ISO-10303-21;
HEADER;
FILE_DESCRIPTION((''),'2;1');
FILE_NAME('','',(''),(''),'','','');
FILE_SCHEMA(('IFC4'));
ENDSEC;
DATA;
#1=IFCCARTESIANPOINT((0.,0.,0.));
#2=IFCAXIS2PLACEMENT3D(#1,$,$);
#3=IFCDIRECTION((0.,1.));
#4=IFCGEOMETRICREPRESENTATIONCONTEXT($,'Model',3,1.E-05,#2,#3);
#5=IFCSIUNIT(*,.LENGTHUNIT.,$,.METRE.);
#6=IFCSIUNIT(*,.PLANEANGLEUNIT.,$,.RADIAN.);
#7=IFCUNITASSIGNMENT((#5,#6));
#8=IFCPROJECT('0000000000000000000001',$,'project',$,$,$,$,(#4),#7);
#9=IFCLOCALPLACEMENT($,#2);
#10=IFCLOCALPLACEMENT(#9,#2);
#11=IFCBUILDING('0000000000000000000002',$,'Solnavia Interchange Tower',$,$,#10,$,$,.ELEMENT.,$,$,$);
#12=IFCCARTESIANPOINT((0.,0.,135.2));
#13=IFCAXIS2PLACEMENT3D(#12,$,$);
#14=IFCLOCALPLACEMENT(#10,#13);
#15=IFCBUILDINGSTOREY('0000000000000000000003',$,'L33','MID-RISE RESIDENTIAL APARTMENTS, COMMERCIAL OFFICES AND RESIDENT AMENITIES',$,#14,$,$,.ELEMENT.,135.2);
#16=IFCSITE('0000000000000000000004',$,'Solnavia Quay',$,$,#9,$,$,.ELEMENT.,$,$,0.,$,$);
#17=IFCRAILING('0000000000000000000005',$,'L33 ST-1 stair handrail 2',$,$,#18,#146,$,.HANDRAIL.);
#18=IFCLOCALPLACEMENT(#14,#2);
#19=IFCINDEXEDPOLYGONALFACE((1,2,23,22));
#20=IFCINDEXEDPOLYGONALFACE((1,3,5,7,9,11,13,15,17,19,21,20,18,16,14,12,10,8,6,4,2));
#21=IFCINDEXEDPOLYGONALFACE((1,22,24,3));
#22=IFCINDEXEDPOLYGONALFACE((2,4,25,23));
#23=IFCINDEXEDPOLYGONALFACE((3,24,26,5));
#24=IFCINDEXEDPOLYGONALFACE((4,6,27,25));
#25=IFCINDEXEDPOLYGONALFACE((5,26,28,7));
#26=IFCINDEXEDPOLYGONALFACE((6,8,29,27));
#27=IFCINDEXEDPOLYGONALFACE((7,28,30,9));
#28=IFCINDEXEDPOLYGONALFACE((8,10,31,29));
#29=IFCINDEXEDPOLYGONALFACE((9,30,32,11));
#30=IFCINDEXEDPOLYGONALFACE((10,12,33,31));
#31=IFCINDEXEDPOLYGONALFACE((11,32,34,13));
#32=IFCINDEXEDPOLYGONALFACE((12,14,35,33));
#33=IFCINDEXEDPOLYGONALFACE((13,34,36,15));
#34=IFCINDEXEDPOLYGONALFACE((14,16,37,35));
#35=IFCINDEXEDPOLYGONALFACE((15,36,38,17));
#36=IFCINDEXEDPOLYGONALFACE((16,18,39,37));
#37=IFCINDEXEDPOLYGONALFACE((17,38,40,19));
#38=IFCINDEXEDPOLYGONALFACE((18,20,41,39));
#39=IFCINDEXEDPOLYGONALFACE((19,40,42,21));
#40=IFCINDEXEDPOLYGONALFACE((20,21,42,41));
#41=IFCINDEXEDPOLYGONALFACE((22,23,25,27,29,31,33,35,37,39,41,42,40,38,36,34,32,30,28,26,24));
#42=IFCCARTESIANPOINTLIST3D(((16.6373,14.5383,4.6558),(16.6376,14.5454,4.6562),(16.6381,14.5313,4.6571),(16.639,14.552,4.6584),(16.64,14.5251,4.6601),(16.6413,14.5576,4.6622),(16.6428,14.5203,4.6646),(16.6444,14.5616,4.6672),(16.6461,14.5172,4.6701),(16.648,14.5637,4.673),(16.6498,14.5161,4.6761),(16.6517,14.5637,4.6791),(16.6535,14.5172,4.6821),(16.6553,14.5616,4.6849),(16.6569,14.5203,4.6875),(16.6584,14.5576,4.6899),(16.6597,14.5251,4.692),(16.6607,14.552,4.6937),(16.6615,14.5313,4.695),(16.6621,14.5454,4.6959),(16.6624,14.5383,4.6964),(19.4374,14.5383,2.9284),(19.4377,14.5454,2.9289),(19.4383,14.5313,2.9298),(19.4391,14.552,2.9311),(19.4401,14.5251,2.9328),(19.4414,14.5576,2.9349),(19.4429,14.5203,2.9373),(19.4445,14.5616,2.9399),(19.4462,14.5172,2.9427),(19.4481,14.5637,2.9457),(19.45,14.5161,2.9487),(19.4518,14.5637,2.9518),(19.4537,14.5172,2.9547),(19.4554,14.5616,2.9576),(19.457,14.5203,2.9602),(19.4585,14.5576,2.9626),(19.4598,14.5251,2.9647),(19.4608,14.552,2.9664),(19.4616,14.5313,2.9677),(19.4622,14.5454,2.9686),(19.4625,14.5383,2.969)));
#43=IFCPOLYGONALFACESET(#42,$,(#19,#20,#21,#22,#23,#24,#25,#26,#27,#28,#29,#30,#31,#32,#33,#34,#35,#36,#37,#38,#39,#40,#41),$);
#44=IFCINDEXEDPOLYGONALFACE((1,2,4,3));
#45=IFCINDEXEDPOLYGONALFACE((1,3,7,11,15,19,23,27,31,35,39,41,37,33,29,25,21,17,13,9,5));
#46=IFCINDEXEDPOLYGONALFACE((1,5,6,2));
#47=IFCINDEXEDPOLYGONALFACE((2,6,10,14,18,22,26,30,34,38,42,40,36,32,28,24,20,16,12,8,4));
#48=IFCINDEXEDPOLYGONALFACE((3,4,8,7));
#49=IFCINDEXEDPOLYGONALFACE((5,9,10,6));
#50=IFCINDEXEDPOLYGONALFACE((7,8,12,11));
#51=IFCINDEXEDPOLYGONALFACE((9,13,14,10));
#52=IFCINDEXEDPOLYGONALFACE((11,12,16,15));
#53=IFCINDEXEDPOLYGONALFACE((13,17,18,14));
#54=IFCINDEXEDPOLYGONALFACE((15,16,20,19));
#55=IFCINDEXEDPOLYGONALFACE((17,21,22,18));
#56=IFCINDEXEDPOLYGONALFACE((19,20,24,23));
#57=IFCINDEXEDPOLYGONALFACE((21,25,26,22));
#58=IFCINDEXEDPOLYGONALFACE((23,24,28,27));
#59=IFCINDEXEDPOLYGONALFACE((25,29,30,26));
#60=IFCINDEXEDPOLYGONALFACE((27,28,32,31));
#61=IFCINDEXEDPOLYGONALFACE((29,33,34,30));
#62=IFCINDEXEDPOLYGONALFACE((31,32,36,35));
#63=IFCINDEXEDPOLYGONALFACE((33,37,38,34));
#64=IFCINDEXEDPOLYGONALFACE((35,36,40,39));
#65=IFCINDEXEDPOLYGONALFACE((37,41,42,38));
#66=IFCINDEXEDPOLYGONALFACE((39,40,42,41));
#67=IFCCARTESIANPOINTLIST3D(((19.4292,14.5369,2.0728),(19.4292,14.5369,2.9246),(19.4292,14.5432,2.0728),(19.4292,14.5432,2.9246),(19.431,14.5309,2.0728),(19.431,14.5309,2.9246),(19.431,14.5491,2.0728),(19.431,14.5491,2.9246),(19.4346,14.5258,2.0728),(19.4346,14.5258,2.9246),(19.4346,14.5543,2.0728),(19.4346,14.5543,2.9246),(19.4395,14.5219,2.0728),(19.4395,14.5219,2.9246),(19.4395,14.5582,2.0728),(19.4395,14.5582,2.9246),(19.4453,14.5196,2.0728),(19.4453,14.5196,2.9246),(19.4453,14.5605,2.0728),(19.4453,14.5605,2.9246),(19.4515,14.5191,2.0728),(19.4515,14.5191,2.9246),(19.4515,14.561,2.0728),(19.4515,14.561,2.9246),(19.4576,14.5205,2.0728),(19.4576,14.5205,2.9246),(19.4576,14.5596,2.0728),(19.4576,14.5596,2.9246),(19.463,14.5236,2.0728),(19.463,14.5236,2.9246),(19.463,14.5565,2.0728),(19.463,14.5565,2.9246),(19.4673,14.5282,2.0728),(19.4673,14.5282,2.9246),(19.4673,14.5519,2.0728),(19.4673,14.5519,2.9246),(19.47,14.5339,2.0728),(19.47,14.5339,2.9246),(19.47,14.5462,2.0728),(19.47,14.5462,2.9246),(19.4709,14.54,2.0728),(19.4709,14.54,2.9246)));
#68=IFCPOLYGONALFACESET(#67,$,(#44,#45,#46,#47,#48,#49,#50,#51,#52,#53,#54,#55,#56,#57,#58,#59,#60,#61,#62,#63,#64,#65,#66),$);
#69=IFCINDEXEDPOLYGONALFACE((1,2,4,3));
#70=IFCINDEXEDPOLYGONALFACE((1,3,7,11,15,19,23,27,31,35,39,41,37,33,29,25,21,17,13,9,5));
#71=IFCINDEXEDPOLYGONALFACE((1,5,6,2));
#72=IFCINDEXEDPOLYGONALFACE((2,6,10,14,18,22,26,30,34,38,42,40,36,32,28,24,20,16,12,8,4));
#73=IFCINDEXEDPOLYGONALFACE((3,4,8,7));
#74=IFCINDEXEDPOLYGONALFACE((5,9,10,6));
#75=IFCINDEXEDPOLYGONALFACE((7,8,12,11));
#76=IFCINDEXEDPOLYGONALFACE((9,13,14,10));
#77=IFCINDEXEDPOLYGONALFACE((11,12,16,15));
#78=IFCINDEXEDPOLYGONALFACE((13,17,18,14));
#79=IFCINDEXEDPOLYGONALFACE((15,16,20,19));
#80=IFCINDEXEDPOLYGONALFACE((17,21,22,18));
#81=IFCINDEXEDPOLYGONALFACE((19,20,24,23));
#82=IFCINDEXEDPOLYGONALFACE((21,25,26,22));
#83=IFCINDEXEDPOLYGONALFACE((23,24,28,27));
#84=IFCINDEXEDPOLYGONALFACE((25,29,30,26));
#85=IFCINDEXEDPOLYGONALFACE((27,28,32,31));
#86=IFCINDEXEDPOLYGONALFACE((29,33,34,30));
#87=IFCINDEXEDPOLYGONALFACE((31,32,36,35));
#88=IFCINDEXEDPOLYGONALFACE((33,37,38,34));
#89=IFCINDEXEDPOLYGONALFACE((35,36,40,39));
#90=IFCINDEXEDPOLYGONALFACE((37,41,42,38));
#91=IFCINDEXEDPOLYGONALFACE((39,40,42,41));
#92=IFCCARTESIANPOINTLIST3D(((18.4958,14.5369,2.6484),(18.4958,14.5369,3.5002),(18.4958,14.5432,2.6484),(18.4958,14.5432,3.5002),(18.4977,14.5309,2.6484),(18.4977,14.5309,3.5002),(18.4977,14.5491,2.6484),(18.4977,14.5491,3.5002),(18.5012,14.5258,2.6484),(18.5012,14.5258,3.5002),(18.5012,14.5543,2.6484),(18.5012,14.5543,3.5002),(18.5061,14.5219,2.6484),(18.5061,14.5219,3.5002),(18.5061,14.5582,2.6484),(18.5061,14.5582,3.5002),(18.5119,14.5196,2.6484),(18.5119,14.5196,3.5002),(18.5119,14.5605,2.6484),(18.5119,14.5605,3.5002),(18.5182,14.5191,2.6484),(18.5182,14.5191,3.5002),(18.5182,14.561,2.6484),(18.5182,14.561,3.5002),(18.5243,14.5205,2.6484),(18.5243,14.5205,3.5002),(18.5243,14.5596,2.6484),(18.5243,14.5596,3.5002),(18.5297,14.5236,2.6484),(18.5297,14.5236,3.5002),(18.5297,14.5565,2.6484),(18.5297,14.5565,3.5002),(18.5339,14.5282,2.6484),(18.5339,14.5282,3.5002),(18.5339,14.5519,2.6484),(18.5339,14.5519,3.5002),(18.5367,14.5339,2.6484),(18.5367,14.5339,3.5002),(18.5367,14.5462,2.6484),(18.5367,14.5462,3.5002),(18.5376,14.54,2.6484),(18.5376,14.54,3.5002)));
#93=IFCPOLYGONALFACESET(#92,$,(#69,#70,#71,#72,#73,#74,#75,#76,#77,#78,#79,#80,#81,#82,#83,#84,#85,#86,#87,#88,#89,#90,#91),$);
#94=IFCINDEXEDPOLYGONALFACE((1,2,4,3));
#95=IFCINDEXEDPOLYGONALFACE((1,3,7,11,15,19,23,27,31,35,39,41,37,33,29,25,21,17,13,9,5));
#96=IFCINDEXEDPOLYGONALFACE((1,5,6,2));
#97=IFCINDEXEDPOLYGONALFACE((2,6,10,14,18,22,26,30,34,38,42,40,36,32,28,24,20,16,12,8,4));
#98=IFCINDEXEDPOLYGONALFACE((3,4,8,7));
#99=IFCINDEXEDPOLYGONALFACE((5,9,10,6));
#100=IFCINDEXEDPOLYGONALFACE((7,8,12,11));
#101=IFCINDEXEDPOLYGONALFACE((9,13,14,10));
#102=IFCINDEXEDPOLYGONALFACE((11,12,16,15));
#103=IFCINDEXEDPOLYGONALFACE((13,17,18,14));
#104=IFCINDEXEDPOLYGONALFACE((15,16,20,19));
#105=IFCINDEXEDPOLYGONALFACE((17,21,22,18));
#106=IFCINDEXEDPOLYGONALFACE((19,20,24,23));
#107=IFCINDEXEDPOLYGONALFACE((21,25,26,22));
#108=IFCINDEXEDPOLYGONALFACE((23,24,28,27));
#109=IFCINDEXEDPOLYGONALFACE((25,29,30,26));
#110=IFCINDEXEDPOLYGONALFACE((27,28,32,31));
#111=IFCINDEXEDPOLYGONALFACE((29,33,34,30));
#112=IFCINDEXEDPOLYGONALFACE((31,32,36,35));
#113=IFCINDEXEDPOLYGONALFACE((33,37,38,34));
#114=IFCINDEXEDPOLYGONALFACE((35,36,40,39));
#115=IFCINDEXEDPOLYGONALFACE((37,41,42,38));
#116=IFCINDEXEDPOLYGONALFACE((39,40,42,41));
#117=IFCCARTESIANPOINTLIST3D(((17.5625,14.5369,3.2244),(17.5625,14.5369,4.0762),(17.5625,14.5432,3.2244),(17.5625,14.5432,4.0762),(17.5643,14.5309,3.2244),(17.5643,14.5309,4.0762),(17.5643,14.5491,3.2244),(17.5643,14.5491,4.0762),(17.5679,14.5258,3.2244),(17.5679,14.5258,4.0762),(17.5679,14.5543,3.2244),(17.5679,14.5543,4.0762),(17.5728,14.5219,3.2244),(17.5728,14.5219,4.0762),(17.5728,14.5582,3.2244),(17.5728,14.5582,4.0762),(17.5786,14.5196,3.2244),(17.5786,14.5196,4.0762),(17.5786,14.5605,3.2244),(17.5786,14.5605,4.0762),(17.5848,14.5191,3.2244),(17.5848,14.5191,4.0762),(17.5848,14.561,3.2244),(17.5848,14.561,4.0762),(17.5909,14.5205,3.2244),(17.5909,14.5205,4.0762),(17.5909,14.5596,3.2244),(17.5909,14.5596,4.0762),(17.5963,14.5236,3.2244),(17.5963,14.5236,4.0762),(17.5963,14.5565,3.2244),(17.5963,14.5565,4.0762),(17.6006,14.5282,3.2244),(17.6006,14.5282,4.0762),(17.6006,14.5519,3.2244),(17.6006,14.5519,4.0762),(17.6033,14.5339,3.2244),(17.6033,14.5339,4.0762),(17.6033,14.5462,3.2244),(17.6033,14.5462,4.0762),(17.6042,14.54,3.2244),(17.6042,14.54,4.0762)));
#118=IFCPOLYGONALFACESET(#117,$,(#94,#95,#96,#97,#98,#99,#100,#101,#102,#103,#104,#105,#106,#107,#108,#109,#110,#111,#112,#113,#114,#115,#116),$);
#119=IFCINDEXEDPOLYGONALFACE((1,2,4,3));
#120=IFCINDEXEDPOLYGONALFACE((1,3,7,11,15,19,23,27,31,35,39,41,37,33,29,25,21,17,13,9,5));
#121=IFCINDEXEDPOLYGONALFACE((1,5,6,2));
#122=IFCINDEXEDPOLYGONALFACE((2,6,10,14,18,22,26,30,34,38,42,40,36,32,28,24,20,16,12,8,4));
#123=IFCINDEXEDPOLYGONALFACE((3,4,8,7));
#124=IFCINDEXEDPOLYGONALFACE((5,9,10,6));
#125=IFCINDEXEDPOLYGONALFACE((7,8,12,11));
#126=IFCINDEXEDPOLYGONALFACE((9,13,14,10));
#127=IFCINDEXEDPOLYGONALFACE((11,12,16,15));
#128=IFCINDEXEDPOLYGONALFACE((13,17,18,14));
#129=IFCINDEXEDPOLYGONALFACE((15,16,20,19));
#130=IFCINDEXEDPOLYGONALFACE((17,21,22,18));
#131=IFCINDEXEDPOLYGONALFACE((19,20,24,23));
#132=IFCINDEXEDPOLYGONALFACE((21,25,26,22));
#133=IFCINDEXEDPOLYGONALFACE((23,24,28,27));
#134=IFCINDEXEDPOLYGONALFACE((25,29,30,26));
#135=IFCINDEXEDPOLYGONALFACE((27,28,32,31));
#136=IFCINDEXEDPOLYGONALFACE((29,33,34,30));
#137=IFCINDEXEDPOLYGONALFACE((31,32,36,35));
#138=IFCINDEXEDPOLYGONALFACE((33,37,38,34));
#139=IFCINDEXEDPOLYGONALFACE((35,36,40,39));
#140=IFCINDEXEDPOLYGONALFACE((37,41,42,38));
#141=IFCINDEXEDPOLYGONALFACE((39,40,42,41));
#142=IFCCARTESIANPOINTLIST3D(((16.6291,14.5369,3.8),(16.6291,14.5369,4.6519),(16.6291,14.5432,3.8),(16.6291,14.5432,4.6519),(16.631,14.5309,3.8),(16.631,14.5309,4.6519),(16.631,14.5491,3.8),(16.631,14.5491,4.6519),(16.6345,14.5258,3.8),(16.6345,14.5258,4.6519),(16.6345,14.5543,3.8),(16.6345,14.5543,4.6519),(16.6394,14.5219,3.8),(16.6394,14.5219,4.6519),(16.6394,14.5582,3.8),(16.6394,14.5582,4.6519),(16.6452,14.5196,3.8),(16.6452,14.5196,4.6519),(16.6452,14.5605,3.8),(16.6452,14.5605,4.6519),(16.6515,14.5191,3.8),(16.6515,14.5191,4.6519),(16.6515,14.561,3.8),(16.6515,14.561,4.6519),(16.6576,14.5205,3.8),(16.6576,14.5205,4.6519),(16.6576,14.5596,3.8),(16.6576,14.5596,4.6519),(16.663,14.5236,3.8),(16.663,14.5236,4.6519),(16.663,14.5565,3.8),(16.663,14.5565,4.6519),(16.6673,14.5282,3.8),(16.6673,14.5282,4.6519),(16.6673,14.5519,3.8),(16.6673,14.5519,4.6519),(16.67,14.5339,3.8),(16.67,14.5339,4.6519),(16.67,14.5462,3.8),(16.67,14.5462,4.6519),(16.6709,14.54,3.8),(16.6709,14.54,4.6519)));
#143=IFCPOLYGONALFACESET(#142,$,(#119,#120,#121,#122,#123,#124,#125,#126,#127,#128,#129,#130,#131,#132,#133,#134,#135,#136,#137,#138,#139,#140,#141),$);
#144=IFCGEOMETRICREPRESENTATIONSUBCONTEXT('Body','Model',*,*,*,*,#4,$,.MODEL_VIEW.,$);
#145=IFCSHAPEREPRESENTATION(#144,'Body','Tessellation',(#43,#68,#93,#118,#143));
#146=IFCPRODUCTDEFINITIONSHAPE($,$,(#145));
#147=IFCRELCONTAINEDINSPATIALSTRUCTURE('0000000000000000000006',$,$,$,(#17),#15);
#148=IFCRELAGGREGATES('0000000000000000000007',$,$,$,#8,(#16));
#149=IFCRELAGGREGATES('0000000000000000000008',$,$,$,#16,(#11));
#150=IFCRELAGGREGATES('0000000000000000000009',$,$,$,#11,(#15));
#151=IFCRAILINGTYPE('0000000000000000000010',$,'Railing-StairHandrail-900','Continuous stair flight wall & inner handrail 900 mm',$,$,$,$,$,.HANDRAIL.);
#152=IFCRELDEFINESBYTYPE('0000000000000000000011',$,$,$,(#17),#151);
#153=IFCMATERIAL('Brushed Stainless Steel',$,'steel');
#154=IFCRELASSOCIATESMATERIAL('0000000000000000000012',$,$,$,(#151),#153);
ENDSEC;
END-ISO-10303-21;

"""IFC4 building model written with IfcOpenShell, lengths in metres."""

from ifc_helpers import new_model, si_unit, direction, frame, origin, origin_2d, place, context, subcontext, project, spatial, circle, extrude, material, type_object, element, save


model = new_model("IFC4")

# Units and contexts
model_context = context("Model", 3, precision=1e-05, world=origin(), true_north=direction((0.0, 1.0)))
body_context = subcontext(model_context, "Body", "Model", "MODEL_VIEW")
ifc_project = project(units=[si_unit("LENGTHUNIT", "METRE"), si_unit("PLANEANGLEUNIT", "RADIAN")], contexts=[model_context])

# Site, building, storey
site_placement = place(None, origin())
site = spatial("IfcSite", under=ifc_project, at=site_placement, Name="Solnavia Quay", CompositionType="ELEMENT", RefElevation=0.0)
building_placement = place(site_placement, origin())
building = spatial("IfcBuilding", under=site, at=building_placement, Name="Solnavia Interchange Tower", CompositionType="ELEMENT")
storey_placement = place(building_placement, frame((0.0, 0.0, 135.2)))
storey = spatial("IfcBuildingStorey", under=building, at=storey_placement, Name="L33", Description="MID-RISE RESIDENTIAL APARTMENTS, COMMERCIAL OFFICES AND RESIDENT AMENITIES", CompositionType="ELEMENT", Elevation=135.2)

# Railing
ifc_material_1 = material(Name="Brushed Stainless Steel", Category="steel")
railing_type_1 = type_object("IfcRailingType", Name="Railing-StairHandrail-900", Description="Continuous stair flight wall & inner handrail 900 mm", PredefinedType="HANDRAIL", material=ifc_material_1)
railing_1_placement = place(storey_placement, frame((19.45, 14.54, 2.0728)))
element("IfcRailing", 1, at=railing_1_placement, inside=storey, type_object=railing_type_1, Name="L33 ST-1 stair handrail 2", PredefinedType="HANDRAIL", context=body_context, shape_type="SweptSolid", body=[
    extrude(circle(Radius=0.0239, at=origin_2d()), frame((0.0, 0.0, 0.876), z_axis=(-0.85109, 0.0, 0.52502), x_axis=(0.0, -1.0, 0.0)), (0.0, 0.0, 1.0), 3.29),
    extrude(circle(Radius=0.021, at=origin_2d()), origin(), (0.0, 0.0, 1.0), 0.8518),
    extrude(circle(Radius=0.021, at=origin_2d()), frame((-0.9333, 0.0, 0.5757)), (0.0, 0.0, 1.0), 0.8518),
    extrude(circle(Radius=0.021, at=origin_2d()), frame((-1.8667, 0.0, 1.1516)), (0.0, 0.0, 1.0), 0.8518),
    extrude(circle(Radius=0.021, at=origin_2d()), frame((-2.8, 0.0, 1.7273)), (0.0, 0.0, 1.0), 0.8518),
])

save(model, "model.ifc")
